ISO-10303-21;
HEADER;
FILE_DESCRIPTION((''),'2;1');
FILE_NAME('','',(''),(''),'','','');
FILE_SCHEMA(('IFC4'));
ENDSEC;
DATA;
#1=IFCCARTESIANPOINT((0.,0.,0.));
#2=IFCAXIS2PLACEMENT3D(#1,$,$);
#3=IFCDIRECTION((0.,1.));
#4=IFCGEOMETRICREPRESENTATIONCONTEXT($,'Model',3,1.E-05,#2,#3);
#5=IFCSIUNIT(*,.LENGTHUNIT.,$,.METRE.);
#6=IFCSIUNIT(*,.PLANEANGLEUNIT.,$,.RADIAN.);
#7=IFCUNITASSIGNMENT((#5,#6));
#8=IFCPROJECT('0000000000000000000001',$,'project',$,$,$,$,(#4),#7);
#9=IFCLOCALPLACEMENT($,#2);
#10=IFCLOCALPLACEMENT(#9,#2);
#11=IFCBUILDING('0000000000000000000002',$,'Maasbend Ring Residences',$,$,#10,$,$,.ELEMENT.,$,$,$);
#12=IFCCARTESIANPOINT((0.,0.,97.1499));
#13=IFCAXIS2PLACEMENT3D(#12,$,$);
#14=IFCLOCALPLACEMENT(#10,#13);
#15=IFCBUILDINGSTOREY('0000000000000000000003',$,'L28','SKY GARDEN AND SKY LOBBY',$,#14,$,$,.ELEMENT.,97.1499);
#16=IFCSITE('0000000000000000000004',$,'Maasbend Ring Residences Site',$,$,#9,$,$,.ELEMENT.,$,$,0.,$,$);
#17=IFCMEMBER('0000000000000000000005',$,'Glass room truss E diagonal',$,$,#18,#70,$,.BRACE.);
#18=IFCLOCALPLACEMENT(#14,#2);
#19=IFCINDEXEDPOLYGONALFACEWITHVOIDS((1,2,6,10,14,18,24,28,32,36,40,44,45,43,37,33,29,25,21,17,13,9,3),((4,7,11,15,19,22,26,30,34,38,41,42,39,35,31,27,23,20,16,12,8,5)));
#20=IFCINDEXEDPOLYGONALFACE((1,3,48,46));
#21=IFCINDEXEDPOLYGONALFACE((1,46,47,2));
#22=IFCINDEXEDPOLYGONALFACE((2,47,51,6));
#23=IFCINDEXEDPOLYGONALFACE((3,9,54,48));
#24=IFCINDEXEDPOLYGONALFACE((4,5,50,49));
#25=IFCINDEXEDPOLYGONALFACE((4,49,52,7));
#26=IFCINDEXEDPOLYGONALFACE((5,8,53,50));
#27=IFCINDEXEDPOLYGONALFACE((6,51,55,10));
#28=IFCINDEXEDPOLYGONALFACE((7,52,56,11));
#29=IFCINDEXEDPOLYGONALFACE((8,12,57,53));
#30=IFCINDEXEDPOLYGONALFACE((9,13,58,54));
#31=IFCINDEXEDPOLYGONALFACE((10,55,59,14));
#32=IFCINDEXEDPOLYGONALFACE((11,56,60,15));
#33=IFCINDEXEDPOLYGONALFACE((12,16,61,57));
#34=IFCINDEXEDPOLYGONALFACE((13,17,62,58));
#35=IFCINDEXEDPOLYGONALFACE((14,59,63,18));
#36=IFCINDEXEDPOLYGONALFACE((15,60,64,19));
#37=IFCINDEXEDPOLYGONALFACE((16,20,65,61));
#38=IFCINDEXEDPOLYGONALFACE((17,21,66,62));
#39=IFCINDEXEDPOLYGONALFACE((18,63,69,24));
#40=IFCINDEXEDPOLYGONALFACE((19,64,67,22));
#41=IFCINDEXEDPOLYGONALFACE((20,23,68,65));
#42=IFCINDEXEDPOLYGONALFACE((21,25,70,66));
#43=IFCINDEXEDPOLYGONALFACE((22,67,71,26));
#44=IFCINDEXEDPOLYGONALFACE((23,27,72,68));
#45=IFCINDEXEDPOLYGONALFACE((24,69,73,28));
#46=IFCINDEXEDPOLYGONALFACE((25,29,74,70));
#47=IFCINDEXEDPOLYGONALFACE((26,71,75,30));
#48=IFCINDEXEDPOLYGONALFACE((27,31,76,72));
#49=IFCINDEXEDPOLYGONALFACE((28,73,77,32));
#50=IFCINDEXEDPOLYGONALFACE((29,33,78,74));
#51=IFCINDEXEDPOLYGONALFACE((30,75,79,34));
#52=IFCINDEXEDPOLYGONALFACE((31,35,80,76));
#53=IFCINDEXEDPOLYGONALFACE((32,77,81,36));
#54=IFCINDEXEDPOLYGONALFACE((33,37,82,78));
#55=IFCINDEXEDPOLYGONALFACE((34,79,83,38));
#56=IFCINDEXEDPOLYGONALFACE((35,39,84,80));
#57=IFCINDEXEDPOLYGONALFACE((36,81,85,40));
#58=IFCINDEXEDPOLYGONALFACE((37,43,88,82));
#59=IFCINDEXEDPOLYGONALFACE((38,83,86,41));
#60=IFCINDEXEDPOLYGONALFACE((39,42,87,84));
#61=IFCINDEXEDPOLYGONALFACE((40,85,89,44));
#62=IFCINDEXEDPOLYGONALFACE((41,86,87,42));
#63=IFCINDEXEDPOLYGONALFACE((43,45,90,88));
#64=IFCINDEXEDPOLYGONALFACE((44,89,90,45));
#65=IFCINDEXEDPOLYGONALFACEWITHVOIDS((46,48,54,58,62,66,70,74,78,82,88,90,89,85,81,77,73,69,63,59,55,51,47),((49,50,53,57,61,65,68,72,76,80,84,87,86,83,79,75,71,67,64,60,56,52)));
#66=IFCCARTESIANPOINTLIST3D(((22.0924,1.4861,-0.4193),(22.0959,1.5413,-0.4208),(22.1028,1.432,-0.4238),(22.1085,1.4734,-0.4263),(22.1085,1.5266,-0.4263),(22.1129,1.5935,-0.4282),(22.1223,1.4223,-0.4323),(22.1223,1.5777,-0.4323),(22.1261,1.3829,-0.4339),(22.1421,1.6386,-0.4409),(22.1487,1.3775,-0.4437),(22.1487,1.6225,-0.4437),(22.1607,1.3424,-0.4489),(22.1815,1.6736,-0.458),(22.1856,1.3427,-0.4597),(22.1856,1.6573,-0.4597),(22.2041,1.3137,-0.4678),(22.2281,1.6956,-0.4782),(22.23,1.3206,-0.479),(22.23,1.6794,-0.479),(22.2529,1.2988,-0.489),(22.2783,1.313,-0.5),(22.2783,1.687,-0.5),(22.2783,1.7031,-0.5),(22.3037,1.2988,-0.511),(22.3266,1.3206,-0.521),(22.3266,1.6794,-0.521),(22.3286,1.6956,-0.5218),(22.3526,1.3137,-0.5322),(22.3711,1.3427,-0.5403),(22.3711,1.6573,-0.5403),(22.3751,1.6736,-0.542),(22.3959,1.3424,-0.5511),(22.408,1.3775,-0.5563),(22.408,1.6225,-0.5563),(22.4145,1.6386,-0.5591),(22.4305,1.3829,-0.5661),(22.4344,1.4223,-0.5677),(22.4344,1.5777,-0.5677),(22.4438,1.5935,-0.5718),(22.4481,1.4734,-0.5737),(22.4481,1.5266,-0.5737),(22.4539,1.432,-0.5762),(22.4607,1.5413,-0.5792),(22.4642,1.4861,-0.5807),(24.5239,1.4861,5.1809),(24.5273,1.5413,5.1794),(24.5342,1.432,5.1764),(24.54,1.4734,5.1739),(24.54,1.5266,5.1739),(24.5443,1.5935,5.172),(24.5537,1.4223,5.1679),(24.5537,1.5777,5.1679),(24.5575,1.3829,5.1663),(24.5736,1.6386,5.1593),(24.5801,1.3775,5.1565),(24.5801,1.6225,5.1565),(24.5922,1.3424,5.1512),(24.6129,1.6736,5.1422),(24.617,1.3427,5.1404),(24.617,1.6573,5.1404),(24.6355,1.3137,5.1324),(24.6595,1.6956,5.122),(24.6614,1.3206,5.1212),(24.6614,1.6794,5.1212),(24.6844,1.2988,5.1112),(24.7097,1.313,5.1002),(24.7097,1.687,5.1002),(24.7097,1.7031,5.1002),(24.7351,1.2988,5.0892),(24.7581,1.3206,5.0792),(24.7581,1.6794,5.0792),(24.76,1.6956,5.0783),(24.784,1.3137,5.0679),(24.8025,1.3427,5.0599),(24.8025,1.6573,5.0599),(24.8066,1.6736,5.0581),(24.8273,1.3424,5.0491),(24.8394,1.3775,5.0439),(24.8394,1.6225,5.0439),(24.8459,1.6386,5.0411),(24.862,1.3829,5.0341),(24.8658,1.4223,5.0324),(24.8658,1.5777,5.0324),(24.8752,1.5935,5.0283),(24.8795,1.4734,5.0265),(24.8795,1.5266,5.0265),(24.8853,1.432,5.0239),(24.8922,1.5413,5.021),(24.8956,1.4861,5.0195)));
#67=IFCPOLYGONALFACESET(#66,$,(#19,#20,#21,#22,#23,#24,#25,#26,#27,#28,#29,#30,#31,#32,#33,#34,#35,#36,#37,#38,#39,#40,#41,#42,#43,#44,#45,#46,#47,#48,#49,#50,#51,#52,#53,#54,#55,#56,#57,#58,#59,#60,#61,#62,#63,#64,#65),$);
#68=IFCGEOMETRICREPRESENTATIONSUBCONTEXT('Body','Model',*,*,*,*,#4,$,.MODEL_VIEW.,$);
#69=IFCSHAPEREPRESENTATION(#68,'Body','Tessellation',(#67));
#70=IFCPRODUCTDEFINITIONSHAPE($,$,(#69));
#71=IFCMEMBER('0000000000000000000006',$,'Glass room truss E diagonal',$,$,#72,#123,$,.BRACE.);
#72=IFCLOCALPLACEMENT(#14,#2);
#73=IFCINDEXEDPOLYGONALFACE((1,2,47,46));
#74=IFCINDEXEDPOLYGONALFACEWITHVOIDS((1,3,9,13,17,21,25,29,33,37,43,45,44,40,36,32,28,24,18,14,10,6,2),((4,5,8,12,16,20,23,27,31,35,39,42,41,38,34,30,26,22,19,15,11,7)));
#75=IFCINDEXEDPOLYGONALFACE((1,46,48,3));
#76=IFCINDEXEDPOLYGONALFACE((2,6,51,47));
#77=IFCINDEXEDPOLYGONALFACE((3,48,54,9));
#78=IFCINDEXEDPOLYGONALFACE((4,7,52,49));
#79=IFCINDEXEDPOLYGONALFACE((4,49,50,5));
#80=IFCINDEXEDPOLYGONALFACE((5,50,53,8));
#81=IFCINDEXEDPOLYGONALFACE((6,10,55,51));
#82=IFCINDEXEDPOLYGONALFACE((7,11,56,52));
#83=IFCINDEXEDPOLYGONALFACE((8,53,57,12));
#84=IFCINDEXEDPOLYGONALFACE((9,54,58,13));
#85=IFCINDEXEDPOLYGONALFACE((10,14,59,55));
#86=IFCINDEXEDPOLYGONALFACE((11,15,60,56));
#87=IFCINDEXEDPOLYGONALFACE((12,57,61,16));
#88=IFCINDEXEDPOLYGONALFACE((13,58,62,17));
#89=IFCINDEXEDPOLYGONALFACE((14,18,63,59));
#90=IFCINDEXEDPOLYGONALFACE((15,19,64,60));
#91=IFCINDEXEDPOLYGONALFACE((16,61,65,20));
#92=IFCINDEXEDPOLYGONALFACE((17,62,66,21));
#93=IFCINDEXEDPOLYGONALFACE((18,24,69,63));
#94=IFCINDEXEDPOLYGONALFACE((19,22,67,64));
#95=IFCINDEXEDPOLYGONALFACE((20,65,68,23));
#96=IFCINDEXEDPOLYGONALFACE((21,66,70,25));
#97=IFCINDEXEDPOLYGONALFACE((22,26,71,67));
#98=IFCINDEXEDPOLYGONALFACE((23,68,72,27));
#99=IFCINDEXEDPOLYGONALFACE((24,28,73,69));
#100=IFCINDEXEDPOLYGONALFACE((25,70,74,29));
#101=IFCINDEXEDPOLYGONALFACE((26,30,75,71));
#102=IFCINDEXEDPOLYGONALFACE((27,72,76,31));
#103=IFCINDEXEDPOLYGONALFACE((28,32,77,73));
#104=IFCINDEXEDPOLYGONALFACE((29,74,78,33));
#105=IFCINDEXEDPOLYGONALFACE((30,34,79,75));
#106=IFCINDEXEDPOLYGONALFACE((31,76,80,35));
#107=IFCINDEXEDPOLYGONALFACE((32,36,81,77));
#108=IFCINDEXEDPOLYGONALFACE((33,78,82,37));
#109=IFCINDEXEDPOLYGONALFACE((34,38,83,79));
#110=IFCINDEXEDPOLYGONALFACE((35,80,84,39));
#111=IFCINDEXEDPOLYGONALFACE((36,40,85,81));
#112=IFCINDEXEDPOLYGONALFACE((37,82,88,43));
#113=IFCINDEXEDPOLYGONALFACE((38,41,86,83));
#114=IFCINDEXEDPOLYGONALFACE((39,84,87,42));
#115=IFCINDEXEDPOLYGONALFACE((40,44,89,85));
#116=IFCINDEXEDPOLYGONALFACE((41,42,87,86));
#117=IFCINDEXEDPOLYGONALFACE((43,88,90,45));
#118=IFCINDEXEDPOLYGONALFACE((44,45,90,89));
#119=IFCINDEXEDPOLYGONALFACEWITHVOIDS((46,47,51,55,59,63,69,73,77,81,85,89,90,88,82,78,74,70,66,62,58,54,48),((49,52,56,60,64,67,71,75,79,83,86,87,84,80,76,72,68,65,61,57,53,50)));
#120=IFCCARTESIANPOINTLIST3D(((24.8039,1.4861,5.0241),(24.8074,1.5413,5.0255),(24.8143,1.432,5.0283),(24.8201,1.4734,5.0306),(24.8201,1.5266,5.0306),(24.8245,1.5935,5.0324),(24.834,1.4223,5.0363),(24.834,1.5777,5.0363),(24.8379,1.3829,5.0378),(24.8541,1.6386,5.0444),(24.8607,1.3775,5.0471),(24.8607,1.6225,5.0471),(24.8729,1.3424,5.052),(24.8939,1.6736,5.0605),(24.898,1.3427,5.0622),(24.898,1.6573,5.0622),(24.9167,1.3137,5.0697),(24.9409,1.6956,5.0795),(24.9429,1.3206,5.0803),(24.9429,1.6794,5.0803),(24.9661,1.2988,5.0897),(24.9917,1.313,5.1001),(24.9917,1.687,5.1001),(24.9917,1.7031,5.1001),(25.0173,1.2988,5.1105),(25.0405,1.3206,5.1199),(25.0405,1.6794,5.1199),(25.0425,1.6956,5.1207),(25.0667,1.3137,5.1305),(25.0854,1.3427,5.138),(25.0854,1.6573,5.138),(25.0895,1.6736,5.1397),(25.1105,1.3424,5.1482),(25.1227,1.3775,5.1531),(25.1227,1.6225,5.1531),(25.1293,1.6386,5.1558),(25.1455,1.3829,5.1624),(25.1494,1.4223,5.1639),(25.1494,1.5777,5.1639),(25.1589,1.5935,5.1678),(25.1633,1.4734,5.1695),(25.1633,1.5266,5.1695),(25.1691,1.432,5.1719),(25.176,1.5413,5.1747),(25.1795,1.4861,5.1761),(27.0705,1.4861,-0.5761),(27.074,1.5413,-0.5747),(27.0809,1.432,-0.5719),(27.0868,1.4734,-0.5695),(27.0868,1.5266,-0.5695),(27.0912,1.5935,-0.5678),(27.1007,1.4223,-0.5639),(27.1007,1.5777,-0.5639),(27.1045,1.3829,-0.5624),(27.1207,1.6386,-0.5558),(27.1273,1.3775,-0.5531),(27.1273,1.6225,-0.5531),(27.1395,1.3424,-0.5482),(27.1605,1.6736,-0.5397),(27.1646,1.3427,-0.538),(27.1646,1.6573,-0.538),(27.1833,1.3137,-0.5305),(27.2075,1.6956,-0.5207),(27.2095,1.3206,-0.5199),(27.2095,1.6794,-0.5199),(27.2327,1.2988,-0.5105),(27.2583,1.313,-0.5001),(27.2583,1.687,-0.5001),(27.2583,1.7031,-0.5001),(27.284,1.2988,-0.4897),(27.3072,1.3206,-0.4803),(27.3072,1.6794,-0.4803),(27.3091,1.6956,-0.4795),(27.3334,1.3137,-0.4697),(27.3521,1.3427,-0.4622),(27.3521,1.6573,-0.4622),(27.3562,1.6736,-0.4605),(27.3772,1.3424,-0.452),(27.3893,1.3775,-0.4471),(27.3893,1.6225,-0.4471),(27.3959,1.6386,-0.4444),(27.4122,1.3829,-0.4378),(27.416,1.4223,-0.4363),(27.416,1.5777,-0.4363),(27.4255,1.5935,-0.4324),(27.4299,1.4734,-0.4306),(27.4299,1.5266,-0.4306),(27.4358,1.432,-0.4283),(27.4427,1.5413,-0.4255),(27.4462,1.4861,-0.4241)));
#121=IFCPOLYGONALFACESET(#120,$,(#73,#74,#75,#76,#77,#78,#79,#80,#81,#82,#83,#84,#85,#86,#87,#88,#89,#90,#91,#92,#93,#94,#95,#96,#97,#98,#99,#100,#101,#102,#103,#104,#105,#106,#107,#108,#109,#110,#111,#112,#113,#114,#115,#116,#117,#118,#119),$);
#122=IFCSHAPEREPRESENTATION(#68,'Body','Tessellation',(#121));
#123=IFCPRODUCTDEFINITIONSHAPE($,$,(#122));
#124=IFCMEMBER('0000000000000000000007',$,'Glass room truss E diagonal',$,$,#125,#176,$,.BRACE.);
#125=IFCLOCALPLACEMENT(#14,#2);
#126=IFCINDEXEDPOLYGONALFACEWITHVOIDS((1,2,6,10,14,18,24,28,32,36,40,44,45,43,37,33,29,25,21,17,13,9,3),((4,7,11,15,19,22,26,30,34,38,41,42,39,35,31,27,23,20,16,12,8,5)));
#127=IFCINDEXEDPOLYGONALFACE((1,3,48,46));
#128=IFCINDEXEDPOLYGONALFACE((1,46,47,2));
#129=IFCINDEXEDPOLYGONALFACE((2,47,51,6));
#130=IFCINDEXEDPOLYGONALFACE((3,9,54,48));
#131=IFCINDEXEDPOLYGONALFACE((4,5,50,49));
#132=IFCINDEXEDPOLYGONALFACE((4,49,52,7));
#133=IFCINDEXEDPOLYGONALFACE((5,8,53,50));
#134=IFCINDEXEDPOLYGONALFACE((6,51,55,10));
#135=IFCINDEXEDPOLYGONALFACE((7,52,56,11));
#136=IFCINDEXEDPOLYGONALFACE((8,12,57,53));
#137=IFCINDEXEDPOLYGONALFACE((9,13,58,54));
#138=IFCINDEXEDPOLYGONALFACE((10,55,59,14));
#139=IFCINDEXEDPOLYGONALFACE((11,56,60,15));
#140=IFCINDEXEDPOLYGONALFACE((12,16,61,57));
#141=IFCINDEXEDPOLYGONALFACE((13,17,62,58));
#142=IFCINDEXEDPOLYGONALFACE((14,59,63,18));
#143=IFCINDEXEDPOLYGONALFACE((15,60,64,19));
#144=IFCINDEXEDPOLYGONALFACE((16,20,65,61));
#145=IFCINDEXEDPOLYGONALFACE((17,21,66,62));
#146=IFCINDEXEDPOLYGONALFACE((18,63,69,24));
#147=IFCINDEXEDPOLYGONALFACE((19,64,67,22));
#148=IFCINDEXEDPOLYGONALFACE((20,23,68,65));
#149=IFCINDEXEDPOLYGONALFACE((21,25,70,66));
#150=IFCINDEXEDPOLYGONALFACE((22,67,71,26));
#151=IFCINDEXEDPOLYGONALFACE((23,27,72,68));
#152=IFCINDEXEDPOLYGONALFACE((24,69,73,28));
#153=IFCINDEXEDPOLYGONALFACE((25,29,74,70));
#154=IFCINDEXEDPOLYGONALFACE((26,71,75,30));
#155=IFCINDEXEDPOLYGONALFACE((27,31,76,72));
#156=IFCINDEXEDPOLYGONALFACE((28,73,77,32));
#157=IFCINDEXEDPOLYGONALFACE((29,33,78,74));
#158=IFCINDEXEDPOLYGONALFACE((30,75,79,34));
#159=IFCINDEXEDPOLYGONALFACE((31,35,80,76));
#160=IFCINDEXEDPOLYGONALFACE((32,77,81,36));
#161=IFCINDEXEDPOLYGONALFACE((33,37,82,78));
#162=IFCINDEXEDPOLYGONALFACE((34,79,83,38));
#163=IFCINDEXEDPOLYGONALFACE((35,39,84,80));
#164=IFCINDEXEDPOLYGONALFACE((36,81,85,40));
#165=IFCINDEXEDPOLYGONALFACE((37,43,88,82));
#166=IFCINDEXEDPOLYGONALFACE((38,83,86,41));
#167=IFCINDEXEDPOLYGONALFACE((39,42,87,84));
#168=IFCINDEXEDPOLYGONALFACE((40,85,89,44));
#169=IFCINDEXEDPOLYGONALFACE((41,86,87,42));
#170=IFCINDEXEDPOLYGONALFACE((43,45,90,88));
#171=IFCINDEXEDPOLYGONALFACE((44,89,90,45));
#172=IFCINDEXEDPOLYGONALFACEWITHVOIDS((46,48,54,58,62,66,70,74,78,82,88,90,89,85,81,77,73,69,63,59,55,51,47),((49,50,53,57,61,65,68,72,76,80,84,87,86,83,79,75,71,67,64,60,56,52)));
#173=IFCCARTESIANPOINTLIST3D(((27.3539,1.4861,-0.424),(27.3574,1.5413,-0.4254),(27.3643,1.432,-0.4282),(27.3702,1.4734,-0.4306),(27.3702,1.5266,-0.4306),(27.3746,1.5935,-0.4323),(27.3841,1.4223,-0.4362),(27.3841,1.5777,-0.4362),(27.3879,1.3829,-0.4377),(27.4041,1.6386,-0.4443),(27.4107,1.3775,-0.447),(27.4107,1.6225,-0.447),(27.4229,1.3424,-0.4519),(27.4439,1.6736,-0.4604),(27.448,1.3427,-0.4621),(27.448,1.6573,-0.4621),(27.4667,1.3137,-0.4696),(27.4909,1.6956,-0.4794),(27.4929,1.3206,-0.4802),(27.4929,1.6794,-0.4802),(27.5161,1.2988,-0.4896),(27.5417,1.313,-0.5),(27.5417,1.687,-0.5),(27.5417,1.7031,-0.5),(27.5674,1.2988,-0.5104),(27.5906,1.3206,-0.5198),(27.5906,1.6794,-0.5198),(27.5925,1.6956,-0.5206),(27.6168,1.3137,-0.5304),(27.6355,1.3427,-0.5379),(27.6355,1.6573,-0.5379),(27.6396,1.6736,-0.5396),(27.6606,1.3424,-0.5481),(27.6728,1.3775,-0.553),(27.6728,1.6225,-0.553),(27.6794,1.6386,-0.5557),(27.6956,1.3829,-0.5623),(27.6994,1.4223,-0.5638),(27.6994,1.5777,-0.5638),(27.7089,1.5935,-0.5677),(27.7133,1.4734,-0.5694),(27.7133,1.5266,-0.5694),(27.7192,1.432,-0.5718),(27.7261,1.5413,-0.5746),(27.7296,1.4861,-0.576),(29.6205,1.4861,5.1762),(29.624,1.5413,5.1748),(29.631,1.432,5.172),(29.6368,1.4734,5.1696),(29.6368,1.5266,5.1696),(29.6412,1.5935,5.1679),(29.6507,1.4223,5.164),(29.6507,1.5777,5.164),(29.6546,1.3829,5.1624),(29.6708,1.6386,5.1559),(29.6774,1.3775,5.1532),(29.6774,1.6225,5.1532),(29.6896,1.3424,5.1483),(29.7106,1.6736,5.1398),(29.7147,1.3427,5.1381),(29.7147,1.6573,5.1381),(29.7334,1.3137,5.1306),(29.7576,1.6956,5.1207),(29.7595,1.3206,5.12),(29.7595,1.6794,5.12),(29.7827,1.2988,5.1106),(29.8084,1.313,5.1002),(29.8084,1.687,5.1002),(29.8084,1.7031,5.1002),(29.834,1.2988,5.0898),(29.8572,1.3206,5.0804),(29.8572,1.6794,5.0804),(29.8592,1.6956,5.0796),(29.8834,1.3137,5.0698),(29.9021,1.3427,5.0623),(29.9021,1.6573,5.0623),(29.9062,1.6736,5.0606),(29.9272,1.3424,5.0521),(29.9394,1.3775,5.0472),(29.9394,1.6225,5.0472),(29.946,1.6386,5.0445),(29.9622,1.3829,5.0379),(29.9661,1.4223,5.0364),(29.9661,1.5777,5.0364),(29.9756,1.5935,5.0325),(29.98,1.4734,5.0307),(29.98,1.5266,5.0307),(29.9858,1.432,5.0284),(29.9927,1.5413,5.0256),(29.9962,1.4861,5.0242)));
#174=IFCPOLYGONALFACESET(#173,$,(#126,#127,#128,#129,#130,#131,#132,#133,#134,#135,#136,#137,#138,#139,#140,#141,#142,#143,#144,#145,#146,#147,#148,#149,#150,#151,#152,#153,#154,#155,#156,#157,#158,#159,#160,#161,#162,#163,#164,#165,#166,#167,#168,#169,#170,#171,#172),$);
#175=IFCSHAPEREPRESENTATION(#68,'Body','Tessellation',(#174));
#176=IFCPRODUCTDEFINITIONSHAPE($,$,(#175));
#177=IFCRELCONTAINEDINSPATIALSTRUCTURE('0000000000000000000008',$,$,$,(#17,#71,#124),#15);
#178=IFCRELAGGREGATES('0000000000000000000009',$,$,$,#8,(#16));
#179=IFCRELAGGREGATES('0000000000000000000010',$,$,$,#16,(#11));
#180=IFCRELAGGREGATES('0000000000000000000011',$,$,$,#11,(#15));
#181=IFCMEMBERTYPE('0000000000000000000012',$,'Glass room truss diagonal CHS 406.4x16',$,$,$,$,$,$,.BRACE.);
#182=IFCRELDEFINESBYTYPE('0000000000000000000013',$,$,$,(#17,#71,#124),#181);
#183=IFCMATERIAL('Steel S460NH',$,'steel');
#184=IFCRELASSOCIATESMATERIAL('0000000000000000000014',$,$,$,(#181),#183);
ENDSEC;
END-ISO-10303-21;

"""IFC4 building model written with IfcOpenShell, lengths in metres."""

from ifc_helpers import new_model, si_unit, direction, frame, origin, origin_2d, place, context, subcontext, project, spatial, hollow_circle, extrude, material, material_profile, profile_set, type_object, element, save


model = new_model("IFC4")

# Units and contexts
model_context = context("Model", 3, precision=1e-05, world=origin(), true_north=direction((0.0, 1.0)))
body_context = subcontext(model_context, "Body", "Model", "MODEL_VIEW")
ifc_project = project(units=[si_unit("LENGTHUNIT", "METRE"), si_unit("PLANEANGLEUNIT", "RADIAN")], contexts=[model_context])

# Site, building, storey
site_placement = place(None, origin())
site = spatial("IfcSite", under=ifc_project, at=site_placement, Name="Maasbend Ring Residences Site", CompositionType="ELEMENT", RefElevation=0.0)
building_placement = place(site_placement, origin())
building = spatial("IfcBuilding", under=site, at=building_placement, Name="Maasbend Ring Residences", CompositionType="ELEMENT")
storey_placement = place(building_placement, frame((0.0, 0.0, 97.1499)))
storey = spatial("IfcBuildingStorey", under=building, at=storey_placement, Name="L28", Description="SKY GARDEN AND SKY LOBBY", CompositionType="ELEMENT", Elevation=97.1499)

# Members
ifc_material_1 = material(Name="Steel S460NH", Category="steel")
ifc_material_profile_1 = material_profile(ifc_material_1, hollow_circle(Radius=0.2031, WallThickness=0.0161, at=origin_2d()), Name="Glass room truss diagonal CHS 406.4x16")
ifc_profile_set_1 = profile_set([ifc_material_profile_1], Name="Steel S460NH")
member_type_1 = type_object("IfcMemberType", Name="Glass room truss diagonal CHS 406.4x16", PredefinedType="BRACE", material=ifc_profile_set_1)
member_1_placement = place(storey_placement, frame((22.2783, 1.5, -0.5), z_axis=(0.398254, 0.0, 0.917275), x_axis=(0.0, 1.0, 0.0)))
element("IfcMember", 1, at=member_1_placement, inside=storey, type_object=member_type_1, Name="Glass room truss E diagonal", PredefinedType="BRACE", context=body_context, shape_type="SweptSolid", body=[
    extrude(hollow_circle(Radius=0.2031, WallThickness=0.0161, at=origin_2d()), origin(), (0.0, 0.0, 1.0), 6.1052),
])
for number, where, z_axis, x_axis, name in (
    (2, (24.9917, 1.5, 5.1001), (0.375178, 0.0, -0.926953), (0.0, 1.0, 0.0), "Glass room truss E diagonal"),
    (3, (27.5417, 1.5, -0.5), (0.375178, 0.0, 0.926953), (0.0, 1.0, 0.0), "Glass room truss E diagonal"),
):
    element("IfcMember", number, at=place(storey_placement, frame(where, z_axis=z_axis, x_axis=x_axis)), inside=storey, type_object=member_type_1, Name=name, PredefinedType="BRACE", context=body_context, shape_type="SweptSolid", body=[
        extrude(hollow_circle(Radius=0.2031, WallThickness=0.0161, at=origin_2d()), origin(), (0.0, 0.0, 1.0), 6.0415),
    ])

save(model, "model.ifc")
